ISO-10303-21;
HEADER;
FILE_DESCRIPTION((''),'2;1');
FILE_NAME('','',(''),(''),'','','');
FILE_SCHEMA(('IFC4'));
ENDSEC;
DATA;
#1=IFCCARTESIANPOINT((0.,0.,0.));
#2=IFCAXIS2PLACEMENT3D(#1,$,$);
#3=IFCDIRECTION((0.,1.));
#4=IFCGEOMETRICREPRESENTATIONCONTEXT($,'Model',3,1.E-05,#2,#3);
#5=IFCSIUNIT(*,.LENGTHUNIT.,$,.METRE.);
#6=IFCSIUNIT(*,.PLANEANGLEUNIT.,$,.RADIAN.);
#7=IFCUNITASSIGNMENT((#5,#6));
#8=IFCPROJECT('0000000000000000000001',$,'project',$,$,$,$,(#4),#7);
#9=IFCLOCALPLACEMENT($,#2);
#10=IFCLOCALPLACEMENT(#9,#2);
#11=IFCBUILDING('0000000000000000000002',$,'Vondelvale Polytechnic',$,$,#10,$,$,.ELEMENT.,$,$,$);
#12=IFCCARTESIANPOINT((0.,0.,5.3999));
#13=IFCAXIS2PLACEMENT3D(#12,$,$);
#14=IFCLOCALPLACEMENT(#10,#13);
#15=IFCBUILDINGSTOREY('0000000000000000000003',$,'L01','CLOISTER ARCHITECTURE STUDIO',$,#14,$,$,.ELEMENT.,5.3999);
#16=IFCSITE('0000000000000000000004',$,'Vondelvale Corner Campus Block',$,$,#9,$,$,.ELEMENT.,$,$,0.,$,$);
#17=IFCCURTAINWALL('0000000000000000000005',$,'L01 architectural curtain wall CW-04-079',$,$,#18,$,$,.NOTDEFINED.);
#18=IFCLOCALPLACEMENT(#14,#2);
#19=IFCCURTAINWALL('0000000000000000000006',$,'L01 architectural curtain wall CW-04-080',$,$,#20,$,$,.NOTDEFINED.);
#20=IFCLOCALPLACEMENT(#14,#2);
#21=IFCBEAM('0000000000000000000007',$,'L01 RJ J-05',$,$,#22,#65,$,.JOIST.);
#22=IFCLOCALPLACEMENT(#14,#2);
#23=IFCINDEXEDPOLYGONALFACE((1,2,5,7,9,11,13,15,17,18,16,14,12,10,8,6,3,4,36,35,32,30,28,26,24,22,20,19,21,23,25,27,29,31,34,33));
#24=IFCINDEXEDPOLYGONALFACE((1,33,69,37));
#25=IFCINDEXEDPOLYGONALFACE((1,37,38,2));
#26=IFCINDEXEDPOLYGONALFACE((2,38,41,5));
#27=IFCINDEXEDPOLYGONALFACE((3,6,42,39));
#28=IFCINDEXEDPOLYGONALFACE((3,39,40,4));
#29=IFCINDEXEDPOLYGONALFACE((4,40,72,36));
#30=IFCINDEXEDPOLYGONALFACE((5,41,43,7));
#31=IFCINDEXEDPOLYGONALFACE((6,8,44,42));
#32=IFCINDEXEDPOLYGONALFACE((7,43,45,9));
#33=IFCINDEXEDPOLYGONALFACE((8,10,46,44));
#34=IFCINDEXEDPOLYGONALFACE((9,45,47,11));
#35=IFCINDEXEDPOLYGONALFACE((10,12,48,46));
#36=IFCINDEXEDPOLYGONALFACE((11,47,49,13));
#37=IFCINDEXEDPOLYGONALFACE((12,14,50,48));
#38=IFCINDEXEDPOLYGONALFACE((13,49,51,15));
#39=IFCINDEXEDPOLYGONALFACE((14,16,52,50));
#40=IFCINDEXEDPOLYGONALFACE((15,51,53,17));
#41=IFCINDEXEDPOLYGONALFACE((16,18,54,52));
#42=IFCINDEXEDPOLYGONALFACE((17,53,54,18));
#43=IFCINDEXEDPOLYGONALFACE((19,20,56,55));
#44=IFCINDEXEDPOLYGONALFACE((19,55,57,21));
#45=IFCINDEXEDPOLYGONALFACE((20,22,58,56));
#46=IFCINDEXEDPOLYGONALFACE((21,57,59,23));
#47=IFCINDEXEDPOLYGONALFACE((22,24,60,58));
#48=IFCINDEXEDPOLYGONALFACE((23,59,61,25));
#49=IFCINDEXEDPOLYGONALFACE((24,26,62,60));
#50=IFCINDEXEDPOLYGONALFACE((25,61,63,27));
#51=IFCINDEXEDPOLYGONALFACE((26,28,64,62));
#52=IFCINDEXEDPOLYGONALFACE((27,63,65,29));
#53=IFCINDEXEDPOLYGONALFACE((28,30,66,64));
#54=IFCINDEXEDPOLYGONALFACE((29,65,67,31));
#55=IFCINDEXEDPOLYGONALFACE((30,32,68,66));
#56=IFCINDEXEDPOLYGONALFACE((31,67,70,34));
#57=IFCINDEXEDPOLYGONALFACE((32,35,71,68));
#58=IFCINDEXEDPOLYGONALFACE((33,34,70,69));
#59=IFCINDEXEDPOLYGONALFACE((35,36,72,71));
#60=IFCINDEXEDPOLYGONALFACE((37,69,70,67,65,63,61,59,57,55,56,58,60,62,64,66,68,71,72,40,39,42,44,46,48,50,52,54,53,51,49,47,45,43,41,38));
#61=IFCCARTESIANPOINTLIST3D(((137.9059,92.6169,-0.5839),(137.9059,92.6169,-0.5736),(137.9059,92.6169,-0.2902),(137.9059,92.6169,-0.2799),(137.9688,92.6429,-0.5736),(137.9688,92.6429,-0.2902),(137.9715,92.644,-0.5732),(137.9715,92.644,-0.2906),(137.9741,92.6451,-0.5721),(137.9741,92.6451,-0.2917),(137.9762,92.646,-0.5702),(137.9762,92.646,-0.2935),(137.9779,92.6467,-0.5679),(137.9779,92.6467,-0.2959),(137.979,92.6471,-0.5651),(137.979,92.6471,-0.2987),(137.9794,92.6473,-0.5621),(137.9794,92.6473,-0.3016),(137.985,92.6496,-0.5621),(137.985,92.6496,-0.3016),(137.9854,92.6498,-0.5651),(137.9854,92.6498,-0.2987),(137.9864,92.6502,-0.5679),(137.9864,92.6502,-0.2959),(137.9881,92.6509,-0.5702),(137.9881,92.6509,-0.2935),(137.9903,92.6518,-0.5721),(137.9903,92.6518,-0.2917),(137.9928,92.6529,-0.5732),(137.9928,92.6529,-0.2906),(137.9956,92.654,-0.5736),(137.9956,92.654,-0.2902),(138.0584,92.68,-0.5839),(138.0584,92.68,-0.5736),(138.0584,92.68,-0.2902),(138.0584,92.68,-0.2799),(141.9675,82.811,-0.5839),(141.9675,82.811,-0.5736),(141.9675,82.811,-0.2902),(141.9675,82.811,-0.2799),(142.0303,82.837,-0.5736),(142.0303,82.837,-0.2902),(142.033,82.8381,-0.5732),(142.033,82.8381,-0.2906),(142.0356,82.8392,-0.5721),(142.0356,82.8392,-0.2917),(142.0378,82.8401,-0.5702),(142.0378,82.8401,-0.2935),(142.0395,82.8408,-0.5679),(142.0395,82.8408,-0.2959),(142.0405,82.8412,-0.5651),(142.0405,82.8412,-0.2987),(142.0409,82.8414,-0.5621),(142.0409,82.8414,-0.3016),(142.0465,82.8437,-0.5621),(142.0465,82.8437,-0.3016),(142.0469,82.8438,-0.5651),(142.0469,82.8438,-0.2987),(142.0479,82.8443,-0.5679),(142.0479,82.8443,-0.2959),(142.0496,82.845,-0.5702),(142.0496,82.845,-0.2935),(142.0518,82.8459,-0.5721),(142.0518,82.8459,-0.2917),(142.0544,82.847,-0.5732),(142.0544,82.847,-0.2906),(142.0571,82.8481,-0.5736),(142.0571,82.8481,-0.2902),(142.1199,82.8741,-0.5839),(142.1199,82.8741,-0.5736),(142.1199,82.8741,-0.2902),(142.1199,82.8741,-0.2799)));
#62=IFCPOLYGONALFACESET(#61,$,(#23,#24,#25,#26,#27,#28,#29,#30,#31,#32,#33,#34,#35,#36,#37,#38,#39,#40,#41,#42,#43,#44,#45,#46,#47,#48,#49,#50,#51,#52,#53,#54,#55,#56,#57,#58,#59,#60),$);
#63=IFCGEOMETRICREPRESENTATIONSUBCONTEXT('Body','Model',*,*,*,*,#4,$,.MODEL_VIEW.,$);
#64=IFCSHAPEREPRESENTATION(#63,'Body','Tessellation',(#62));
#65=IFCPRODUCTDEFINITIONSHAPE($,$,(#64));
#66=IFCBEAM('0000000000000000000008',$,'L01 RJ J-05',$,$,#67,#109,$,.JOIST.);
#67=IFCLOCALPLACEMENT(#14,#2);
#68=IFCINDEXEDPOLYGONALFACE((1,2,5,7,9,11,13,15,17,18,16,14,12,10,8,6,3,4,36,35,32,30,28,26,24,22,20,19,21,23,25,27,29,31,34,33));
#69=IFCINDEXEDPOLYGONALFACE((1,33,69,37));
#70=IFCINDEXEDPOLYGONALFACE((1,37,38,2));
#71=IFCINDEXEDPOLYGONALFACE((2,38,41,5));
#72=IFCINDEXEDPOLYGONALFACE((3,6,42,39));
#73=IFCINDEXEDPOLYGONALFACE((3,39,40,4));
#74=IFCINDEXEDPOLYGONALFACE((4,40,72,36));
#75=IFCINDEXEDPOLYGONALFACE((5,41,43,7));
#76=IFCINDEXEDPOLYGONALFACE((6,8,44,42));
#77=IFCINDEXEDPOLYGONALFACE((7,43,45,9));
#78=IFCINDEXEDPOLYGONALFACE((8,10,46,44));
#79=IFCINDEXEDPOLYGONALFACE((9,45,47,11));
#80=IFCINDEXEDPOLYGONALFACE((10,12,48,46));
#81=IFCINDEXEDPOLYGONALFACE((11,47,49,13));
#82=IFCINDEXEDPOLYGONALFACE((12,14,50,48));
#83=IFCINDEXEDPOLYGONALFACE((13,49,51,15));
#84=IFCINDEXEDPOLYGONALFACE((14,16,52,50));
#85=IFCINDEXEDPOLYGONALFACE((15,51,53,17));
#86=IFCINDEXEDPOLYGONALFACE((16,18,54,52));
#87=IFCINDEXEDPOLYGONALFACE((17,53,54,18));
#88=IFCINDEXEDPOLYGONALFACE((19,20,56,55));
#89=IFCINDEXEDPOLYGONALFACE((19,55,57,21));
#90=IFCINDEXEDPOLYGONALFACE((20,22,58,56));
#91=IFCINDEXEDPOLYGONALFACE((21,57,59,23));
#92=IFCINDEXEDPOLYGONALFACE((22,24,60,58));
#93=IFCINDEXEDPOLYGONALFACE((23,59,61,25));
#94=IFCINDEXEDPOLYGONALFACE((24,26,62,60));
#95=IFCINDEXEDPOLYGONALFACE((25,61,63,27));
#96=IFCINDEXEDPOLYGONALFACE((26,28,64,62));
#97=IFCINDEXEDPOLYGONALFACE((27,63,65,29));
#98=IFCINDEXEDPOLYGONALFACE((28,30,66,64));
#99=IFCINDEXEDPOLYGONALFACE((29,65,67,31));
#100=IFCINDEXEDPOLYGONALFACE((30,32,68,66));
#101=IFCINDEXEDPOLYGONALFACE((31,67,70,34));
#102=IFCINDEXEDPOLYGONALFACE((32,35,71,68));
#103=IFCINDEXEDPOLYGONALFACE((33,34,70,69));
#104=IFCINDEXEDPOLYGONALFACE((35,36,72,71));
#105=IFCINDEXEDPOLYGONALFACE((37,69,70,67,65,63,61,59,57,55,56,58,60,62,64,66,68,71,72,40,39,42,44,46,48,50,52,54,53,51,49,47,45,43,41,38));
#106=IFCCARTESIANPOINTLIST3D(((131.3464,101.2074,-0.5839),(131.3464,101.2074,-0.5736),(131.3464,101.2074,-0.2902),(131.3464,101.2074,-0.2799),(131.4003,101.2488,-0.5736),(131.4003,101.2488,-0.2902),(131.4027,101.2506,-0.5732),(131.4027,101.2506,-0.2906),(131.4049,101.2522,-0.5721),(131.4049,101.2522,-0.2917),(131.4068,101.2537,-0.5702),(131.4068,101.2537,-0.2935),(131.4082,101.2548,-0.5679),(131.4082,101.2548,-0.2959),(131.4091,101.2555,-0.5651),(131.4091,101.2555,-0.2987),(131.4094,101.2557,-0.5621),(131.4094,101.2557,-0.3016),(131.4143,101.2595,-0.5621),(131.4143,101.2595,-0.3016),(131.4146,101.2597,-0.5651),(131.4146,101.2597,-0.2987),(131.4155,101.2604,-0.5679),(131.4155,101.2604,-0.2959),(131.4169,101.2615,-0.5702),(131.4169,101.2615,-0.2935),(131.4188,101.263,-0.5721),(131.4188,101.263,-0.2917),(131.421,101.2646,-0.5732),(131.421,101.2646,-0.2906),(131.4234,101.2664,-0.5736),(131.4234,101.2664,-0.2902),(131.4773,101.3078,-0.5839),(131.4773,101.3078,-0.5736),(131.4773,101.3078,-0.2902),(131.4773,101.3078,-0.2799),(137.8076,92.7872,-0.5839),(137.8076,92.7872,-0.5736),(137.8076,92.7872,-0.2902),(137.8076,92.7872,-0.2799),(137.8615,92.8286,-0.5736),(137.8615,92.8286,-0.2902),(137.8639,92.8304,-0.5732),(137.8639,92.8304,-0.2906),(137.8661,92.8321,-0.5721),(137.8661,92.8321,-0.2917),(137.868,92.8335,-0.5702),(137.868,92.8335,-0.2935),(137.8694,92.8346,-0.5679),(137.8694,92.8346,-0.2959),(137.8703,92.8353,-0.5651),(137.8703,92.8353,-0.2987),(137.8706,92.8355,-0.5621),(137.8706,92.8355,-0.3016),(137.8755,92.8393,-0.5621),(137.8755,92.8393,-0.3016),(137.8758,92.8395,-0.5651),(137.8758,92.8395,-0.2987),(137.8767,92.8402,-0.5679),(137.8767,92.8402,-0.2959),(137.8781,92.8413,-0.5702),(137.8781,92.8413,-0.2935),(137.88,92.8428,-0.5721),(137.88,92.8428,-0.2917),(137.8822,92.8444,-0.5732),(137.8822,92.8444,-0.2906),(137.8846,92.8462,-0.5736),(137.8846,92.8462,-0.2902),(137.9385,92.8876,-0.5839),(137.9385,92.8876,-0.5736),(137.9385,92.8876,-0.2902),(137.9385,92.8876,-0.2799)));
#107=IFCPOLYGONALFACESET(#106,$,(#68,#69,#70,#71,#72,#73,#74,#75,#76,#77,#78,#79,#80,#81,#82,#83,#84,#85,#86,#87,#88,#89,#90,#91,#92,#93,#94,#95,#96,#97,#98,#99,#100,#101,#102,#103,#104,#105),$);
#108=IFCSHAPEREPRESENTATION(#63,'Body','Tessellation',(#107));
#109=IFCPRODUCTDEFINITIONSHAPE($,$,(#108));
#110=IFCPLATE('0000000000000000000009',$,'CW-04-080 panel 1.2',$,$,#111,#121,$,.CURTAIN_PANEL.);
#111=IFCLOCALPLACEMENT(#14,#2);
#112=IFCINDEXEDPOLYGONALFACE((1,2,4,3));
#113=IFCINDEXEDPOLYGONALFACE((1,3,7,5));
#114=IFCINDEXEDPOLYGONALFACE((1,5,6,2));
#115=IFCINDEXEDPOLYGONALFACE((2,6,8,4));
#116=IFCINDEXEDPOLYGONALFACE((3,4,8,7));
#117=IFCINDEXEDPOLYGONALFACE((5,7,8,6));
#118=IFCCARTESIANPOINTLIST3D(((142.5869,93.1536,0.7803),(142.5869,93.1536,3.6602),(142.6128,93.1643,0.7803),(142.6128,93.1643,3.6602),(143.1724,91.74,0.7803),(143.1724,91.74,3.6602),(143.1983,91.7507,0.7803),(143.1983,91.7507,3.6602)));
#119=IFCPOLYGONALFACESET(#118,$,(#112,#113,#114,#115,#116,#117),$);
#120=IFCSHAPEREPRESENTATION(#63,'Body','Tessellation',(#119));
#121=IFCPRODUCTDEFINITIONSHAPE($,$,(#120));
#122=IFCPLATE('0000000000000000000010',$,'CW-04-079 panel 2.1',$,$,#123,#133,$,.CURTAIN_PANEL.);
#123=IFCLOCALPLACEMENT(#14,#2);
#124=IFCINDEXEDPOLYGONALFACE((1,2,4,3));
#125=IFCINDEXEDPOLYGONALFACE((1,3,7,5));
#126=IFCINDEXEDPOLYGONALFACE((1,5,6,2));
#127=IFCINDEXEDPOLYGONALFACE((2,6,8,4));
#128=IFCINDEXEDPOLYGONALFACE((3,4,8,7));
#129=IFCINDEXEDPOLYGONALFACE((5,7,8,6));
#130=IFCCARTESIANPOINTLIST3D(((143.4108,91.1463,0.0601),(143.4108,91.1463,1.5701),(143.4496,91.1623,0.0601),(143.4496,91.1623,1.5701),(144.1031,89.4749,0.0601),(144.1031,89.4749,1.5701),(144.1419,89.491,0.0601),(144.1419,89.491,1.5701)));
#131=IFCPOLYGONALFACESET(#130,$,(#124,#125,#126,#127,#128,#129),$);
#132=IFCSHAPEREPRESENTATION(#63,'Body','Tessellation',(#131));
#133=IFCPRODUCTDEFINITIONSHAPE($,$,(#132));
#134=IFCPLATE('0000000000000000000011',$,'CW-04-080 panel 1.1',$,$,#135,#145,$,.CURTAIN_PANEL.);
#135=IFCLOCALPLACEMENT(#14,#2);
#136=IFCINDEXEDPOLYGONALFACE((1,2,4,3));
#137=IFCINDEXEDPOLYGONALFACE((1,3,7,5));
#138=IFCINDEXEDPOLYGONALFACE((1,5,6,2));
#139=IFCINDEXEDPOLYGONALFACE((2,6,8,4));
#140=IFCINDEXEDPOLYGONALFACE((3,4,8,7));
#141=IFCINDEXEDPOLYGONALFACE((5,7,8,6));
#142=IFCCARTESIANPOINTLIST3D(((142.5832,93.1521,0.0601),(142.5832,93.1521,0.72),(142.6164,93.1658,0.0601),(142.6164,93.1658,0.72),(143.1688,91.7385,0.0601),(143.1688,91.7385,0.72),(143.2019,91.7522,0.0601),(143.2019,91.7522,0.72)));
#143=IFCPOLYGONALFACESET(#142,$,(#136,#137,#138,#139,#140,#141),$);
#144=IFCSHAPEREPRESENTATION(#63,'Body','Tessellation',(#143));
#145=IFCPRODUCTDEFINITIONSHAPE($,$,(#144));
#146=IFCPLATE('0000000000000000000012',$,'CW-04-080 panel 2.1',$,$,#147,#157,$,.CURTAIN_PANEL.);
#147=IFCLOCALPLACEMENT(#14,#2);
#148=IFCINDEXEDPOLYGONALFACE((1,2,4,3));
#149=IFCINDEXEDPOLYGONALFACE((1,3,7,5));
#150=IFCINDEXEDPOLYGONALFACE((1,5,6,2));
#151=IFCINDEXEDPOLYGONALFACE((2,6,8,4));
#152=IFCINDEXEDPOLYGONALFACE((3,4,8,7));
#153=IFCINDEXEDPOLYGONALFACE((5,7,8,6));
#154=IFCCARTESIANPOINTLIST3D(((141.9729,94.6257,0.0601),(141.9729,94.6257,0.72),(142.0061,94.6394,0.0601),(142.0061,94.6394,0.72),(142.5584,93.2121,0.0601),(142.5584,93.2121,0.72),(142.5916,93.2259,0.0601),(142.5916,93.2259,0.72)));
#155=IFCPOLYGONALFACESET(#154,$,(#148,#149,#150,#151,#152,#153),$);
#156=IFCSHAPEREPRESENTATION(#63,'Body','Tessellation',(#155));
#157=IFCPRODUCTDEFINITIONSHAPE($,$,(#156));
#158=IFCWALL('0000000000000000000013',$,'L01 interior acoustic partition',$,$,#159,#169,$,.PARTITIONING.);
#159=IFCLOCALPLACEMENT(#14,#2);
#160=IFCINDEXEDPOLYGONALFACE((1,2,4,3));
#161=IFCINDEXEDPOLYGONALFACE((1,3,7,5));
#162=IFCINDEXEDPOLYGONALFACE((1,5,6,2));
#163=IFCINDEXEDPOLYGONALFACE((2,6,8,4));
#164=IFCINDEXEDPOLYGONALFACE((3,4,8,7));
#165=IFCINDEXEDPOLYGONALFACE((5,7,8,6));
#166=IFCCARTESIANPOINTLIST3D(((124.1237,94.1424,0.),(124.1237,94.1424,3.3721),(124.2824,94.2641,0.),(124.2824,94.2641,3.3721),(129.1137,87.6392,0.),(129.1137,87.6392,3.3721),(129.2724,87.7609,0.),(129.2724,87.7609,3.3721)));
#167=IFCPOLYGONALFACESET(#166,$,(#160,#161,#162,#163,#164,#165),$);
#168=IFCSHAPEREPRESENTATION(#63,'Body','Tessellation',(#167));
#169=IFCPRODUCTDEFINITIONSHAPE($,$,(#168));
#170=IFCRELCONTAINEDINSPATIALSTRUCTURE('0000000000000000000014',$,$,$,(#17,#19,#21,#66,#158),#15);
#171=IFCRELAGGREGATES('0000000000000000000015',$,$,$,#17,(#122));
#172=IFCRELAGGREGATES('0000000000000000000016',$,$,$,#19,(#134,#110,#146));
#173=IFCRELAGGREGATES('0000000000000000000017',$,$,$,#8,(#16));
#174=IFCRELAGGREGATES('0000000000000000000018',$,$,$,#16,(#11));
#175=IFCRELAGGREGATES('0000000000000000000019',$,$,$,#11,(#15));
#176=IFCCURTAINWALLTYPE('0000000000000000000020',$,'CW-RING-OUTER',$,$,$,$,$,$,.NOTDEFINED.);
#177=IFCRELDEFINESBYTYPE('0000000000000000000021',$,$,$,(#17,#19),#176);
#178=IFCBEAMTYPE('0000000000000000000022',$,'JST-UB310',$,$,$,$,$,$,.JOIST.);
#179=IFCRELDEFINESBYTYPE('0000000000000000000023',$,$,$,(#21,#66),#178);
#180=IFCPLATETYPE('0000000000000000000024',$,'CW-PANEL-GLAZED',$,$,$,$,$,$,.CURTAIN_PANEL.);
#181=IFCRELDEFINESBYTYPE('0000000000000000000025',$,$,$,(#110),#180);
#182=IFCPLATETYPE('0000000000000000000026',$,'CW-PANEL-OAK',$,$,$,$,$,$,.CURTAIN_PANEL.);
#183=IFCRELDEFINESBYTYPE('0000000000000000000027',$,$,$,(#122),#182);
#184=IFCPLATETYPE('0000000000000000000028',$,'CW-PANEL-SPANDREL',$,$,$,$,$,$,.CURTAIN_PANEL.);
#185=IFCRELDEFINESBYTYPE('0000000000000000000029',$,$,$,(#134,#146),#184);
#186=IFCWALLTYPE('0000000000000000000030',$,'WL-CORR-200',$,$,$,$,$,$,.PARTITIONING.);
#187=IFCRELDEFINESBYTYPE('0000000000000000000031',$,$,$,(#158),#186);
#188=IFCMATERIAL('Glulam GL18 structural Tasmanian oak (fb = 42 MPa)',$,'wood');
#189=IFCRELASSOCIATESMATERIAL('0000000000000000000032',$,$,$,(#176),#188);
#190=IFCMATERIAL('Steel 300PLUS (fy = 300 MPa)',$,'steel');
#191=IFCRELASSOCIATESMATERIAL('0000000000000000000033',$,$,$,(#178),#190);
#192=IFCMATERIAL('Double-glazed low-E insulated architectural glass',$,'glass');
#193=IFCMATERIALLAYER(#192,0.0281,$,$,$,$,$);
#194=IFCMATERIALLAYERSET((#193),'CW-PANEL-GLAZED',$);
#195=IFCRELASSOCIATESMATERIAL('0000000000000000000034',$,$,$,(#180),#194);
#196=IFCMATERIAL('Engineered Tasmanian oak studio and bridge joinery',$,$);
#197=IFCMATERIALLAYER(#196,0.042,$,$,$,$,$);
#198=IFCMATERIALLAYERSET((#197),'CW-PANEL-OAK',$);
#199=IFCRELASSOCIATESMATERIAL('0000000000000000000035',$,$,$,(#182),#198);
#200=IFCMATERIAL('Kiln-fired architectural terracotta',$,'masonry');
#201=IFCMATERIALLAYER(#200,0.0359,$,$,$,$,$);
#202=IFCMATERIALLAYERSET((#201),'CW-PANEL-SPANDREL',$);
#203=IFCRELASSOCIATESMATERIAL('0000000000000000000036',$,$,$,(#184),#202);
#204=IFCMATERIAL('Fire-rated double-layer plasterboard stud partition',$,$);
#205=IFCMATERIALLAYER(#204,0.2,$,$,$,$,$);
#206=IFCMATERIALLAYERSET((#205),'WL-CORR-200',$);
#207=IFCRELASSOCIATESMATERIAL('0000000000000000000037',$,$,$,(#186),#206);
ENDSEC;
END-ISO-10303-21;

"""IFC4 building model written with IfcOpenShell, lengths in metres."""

from ifc_helpers import new_model, si_unit, direction, frame, frame_2d, origin, origin_2d, place, context, subcontext, project, spatial, rectangle, i_section, extrude, material, layer, layer_set, material_profile, profile_set, type_object, element, aggregate, save


model = new_model("IFC4")

# Units and contexts
model_context = context("Model", 3, precision=1e-05, world=origin(), true_north=direction((0.0, 1.0)))
body_context = subcontext(model_context, "Body", "Model", "MODEL_VIEW")
ifc_project = project(units=[si_unit("LENGTHUNIT", "METRE"), si_unit("PLANEANGLEUNIT", "RADIAN")], contexts=[model_context])

# Site, building, storey
site_placement = place(None, origin())
site = spatial("IfcSite", under=ifc_project, at=site_placement, Name="Vondelvale Corner Campus Block", CompositionType="ELEMENT", RefElevation=0.0)
building_placement = place(site_placement, origin())
building = spatial("IfcBuilding", under=site, at=building_placement, Name="Vondelvale Polytechnic", CompositionType="ELEMENT")
storey_placement = place(building_placement, frame((0.0, 0.0, 5.3999)))
storey = spatial("IfcBuildingStorey", under=building, at=storey_placement, Name="L01", Description="CLOISTER ARCHITECTURE STUDIO", CompositionType="ELEMENT", Elevation=5.3999)

# Shared definitions
ifc_material_1 = material(Name="Glulam GL18 structural Tasmanian oak (fb = 42 MPa)", Category="wood")
ifc_material_2 = material(Name="Steel 300PLUS (fy = 300 MPa)", Category="steel")

# Curtain wall
curtain_wall_type = type_object("IfcCurtainWallType", Name="CW-RING-OUTER", PredefinedType="NOTDEFINED", material=ifc_material_1)
curtain_wall_1_placement = place(storey_placement, origin())
curtain_wall_1 = element("IfcCurtainWall", 1, at=curtain_wall_1_placement, inside=storey, type_object=curtain_wall_type, Name="L01 architectural curtain wall CW-04-079", PredefinedType="NOTDEFINED")

# Curtain wall
curtain_wall_2_placement = place(storey_placement, origin())
curtain_wall_2 = element("IfcCurtainWall", 2, at=curtain_wall_2_placement, inside=storey, type_object=curtain_wall_type, Name="L01 architectural curtain wall CW-04-080", PredefinedType="NOTDEFINED")

# Beams
ifc_material_profile_1 = material_profile(ifc_material_2, i_section(OverallWidth=0.165, OverallDepth=0.304, WebThickness=0.0061, FlangeThickness=0.0103, FilletRadius=0.0115, at=origin_2d()), Name="310UB40.4")
ifc_profile_set_1 = profile_set([ifc_material_profile_1], Name="Steel 300PLUS (fy = 300 MPa)")
beam_type_1 = type_object("IfcBeamType", Name="JST-UB310", PredefinedType="JOIST", material=ifc_profile_set_1)
beam_1_placement = place(storey_placement, frame((142.0437, 82.8425, -0.4319), z_axis=(-0.382666, 0.923887, 0.0), x_axis=(-0.923887, -0.382666, 0.0)))
element("IfcBeam", 3, at=beam_1_placement, inside=storey, type_object=beam_type_1, Name="L01 RJ J-05", PredefinedType="JOIST", context=body_context, shape_type="SweptSolid", body=[
    extrude(i_section(OverallWidth=0.165, OverallDepth=0.304, WebThickness=0.0061, FlangeThickness=0.0103, FilletRadius=0.0115, at=origin_2d()), origin(), (0.0, 0.0, 1.0), 10.6138),
])
beam_2_placement = place(storey_placement, frame((137.873, 92.8374, -0.4319), z_axis=(-0.608771, 0.793346, 0.0), x_axis=(-0.793346, -0.608771, 0.0)))
element("IfcBeam", 4, at=beam_2_placement, inside=storey, type_object=beam_type_1, Name="L01 RJ J-05", PredefinedType="JOIST", context=body_context, shape_type="SweptSolid", body=[
    extrude(i_section(OverallWidth=0.165, OverallDepth=0.304, WebThickness=0.0061, FlangeThickness=0.0103, FilletRadius=0.0115, at=origin_2d()), origin(), (0.0, 0.0, 1.0), 10.6135),
])

# Plates
ifc_material_3 = material(Name="Double-glazed low-E insulated architectural glass", Category="glass")
ifc_layer_1 = layer(ifc_material_3, 0.0281)
ifc_layer_set_1 = layer_set([ifc_layer_1], Name="CW-PANEL-GLAZED")
plate_type_1 = type_object("IfcPlateType", Name="CW-PANEL-GLAZED", PredefinedType="CURTAIN_PANEL", material=ifc_layer_set_1)
plate_1_placement = place(storey_placement, frame((142.8926, 92.4521, 0.7803), z_axis=(0.0, 0.0, 1.0), x_axis=(-0.382677, 0.923882, 0.0)))
plate_1 = element("IfcPlate", 5, at=plate_1_placement, type_object=plate_type_1, Name="CW-04-080 panel 1.2", PredefinedType="CURTAIN_PANEL", context=body_context, shape_type="SweptSolid", body=[
    extrude(rectangle(XDim=1.53, YDim=0.0281, at=origin_2d()), origin(), (0.0, 0.0, 1.0), 2.8799),
])
ifc_material_4 = material(Name="Engineered Tasmanian oak studio and bridge joinery")
ifc_layer_2 = layer(ifc_material_4, 0.042)
ifc_layer_set_2 = layer_set([ifc_layer_2], Name="CW-PANEL-OAK")
plate_type_2 = type_object("IfcPlateType", Name="CW-PANEL-OAK", PredefinedType="CURTAIN_PANEL", material=ifc_layer_set_2)
plate_2_placement = place(storey_placement, frame((143.7764, 90.3186, 0.0601), z_axis=(0.0, 0.0, 1.0), x_axis=(-0.382695, 0.923875, 0.0)))
plate_2 = element("IfcPlate", 6, at=plate_2_placement, type_object=plate_type_2, Name="CW-04-079 panel 2.1", PredefinedType="CURTAIN_PANEL", context=body_context, shape_type="SweptSolid", body=[
    extrude(rectangle(XDim=1.8091, YDim=0.042, at=origin_2d()), origin(), (0.0, 0.0, 1.0), 1.51),
])
aggregate(curtain_wall_1, [plate_2])
ifc_material_5 = material(Name="Kiln-fired architectural terracotta", Category="masonry")
ifc_layer_3 = layer(ifc_material_5, 0.0359)
ifc_layer_set_3 = layer_set([ifc_layer_3], Name="CW-PANEL-SPANDREL")
plate_type_3 = type_object("IfcPlateType", Name="CW-PANEL-SPANDREL", PredefinedType="CURTAIN_PANEL", material=ifc_layer_set_3)
plate_3_placement = place(storey_placement, frame((142.8926, 92.4521, 0.0601), z_axis=(0.0, 0.0, 1.0), x_axis=(-0.382677, 0.923882, 0.0)))
plate_3 = element("IfcPlate", 7, at=plate_3_placement, type_object=plate_type_3, Name="CW-04-080 panel 1.1", PredefinedType="CURTAIN_PANEL", context=body_context, shape_type="SweptSolid", body=[
    extrude(rectangle(XDim=1.53, YDim=0.0359, at=origin_2d()), origin(), (0.0, 0.0, 1.0), 0.6599),
])
plate_4_placement = place(storey_placement, frame((142.2822, 93.9258, 0.0601), z_axis=(0.0, 0.0, 1.0), x_axis=(-0.382677, 0.923882, 0.0)))
plate_4 = element("IfcPlate", 8, at=plate_4_placement, type_object=plate_type_3, Name="CW-04-080 panel 2.1", PredefinedType="CURTAIN_PANEL", context=body_context, shape_type="SweptSolid", body=[
    extrude(rectangle(XDim=1.53, YDim=0.0359, at=origin_2d()), origin(), (0.0, 0.0, 1.0), 0.6599),
])
aggregate(curtain_wall_2, [plate_3, plate_1, plate_4])

# Wall
ifc_material_6 = material(Name="Fire-rated double-layer plasterboard stud partition")
ifc_layer_4 = layer(ifc_material_6, 0.2)
ifc_layer_set_4 = layer_set([ifc_layer_4], Name="WL-CORR-200")
wall_type = type_object("IfcWallType", Name="WL-CORR-200", PredefinedType="PARTITIONING", material=ifc_layer_set_4)
wall_placement = place(storey_placement, frame((129.1931, 87.7, 0.0), z_axis=(0.0, 0.0, 1.0), x_axis=(-0.608756, 0.793357, 0.0)))
element("IfcWall", 9, at=wall_placement, inside=storey, type_object=wall_type, Name="L01 interior acoustic partition", PredefinedType="PARTITIONING", context=body_context, shape_type="SweptSolid", body=[
    extrude(rectangle(XDim=8.197, YDim=0.2, at=frame_2d((4.0986, 0.0))), origin(), (0.0, 0.0, 1.0), 3.3721),
])

save(model, "model.ifc")
